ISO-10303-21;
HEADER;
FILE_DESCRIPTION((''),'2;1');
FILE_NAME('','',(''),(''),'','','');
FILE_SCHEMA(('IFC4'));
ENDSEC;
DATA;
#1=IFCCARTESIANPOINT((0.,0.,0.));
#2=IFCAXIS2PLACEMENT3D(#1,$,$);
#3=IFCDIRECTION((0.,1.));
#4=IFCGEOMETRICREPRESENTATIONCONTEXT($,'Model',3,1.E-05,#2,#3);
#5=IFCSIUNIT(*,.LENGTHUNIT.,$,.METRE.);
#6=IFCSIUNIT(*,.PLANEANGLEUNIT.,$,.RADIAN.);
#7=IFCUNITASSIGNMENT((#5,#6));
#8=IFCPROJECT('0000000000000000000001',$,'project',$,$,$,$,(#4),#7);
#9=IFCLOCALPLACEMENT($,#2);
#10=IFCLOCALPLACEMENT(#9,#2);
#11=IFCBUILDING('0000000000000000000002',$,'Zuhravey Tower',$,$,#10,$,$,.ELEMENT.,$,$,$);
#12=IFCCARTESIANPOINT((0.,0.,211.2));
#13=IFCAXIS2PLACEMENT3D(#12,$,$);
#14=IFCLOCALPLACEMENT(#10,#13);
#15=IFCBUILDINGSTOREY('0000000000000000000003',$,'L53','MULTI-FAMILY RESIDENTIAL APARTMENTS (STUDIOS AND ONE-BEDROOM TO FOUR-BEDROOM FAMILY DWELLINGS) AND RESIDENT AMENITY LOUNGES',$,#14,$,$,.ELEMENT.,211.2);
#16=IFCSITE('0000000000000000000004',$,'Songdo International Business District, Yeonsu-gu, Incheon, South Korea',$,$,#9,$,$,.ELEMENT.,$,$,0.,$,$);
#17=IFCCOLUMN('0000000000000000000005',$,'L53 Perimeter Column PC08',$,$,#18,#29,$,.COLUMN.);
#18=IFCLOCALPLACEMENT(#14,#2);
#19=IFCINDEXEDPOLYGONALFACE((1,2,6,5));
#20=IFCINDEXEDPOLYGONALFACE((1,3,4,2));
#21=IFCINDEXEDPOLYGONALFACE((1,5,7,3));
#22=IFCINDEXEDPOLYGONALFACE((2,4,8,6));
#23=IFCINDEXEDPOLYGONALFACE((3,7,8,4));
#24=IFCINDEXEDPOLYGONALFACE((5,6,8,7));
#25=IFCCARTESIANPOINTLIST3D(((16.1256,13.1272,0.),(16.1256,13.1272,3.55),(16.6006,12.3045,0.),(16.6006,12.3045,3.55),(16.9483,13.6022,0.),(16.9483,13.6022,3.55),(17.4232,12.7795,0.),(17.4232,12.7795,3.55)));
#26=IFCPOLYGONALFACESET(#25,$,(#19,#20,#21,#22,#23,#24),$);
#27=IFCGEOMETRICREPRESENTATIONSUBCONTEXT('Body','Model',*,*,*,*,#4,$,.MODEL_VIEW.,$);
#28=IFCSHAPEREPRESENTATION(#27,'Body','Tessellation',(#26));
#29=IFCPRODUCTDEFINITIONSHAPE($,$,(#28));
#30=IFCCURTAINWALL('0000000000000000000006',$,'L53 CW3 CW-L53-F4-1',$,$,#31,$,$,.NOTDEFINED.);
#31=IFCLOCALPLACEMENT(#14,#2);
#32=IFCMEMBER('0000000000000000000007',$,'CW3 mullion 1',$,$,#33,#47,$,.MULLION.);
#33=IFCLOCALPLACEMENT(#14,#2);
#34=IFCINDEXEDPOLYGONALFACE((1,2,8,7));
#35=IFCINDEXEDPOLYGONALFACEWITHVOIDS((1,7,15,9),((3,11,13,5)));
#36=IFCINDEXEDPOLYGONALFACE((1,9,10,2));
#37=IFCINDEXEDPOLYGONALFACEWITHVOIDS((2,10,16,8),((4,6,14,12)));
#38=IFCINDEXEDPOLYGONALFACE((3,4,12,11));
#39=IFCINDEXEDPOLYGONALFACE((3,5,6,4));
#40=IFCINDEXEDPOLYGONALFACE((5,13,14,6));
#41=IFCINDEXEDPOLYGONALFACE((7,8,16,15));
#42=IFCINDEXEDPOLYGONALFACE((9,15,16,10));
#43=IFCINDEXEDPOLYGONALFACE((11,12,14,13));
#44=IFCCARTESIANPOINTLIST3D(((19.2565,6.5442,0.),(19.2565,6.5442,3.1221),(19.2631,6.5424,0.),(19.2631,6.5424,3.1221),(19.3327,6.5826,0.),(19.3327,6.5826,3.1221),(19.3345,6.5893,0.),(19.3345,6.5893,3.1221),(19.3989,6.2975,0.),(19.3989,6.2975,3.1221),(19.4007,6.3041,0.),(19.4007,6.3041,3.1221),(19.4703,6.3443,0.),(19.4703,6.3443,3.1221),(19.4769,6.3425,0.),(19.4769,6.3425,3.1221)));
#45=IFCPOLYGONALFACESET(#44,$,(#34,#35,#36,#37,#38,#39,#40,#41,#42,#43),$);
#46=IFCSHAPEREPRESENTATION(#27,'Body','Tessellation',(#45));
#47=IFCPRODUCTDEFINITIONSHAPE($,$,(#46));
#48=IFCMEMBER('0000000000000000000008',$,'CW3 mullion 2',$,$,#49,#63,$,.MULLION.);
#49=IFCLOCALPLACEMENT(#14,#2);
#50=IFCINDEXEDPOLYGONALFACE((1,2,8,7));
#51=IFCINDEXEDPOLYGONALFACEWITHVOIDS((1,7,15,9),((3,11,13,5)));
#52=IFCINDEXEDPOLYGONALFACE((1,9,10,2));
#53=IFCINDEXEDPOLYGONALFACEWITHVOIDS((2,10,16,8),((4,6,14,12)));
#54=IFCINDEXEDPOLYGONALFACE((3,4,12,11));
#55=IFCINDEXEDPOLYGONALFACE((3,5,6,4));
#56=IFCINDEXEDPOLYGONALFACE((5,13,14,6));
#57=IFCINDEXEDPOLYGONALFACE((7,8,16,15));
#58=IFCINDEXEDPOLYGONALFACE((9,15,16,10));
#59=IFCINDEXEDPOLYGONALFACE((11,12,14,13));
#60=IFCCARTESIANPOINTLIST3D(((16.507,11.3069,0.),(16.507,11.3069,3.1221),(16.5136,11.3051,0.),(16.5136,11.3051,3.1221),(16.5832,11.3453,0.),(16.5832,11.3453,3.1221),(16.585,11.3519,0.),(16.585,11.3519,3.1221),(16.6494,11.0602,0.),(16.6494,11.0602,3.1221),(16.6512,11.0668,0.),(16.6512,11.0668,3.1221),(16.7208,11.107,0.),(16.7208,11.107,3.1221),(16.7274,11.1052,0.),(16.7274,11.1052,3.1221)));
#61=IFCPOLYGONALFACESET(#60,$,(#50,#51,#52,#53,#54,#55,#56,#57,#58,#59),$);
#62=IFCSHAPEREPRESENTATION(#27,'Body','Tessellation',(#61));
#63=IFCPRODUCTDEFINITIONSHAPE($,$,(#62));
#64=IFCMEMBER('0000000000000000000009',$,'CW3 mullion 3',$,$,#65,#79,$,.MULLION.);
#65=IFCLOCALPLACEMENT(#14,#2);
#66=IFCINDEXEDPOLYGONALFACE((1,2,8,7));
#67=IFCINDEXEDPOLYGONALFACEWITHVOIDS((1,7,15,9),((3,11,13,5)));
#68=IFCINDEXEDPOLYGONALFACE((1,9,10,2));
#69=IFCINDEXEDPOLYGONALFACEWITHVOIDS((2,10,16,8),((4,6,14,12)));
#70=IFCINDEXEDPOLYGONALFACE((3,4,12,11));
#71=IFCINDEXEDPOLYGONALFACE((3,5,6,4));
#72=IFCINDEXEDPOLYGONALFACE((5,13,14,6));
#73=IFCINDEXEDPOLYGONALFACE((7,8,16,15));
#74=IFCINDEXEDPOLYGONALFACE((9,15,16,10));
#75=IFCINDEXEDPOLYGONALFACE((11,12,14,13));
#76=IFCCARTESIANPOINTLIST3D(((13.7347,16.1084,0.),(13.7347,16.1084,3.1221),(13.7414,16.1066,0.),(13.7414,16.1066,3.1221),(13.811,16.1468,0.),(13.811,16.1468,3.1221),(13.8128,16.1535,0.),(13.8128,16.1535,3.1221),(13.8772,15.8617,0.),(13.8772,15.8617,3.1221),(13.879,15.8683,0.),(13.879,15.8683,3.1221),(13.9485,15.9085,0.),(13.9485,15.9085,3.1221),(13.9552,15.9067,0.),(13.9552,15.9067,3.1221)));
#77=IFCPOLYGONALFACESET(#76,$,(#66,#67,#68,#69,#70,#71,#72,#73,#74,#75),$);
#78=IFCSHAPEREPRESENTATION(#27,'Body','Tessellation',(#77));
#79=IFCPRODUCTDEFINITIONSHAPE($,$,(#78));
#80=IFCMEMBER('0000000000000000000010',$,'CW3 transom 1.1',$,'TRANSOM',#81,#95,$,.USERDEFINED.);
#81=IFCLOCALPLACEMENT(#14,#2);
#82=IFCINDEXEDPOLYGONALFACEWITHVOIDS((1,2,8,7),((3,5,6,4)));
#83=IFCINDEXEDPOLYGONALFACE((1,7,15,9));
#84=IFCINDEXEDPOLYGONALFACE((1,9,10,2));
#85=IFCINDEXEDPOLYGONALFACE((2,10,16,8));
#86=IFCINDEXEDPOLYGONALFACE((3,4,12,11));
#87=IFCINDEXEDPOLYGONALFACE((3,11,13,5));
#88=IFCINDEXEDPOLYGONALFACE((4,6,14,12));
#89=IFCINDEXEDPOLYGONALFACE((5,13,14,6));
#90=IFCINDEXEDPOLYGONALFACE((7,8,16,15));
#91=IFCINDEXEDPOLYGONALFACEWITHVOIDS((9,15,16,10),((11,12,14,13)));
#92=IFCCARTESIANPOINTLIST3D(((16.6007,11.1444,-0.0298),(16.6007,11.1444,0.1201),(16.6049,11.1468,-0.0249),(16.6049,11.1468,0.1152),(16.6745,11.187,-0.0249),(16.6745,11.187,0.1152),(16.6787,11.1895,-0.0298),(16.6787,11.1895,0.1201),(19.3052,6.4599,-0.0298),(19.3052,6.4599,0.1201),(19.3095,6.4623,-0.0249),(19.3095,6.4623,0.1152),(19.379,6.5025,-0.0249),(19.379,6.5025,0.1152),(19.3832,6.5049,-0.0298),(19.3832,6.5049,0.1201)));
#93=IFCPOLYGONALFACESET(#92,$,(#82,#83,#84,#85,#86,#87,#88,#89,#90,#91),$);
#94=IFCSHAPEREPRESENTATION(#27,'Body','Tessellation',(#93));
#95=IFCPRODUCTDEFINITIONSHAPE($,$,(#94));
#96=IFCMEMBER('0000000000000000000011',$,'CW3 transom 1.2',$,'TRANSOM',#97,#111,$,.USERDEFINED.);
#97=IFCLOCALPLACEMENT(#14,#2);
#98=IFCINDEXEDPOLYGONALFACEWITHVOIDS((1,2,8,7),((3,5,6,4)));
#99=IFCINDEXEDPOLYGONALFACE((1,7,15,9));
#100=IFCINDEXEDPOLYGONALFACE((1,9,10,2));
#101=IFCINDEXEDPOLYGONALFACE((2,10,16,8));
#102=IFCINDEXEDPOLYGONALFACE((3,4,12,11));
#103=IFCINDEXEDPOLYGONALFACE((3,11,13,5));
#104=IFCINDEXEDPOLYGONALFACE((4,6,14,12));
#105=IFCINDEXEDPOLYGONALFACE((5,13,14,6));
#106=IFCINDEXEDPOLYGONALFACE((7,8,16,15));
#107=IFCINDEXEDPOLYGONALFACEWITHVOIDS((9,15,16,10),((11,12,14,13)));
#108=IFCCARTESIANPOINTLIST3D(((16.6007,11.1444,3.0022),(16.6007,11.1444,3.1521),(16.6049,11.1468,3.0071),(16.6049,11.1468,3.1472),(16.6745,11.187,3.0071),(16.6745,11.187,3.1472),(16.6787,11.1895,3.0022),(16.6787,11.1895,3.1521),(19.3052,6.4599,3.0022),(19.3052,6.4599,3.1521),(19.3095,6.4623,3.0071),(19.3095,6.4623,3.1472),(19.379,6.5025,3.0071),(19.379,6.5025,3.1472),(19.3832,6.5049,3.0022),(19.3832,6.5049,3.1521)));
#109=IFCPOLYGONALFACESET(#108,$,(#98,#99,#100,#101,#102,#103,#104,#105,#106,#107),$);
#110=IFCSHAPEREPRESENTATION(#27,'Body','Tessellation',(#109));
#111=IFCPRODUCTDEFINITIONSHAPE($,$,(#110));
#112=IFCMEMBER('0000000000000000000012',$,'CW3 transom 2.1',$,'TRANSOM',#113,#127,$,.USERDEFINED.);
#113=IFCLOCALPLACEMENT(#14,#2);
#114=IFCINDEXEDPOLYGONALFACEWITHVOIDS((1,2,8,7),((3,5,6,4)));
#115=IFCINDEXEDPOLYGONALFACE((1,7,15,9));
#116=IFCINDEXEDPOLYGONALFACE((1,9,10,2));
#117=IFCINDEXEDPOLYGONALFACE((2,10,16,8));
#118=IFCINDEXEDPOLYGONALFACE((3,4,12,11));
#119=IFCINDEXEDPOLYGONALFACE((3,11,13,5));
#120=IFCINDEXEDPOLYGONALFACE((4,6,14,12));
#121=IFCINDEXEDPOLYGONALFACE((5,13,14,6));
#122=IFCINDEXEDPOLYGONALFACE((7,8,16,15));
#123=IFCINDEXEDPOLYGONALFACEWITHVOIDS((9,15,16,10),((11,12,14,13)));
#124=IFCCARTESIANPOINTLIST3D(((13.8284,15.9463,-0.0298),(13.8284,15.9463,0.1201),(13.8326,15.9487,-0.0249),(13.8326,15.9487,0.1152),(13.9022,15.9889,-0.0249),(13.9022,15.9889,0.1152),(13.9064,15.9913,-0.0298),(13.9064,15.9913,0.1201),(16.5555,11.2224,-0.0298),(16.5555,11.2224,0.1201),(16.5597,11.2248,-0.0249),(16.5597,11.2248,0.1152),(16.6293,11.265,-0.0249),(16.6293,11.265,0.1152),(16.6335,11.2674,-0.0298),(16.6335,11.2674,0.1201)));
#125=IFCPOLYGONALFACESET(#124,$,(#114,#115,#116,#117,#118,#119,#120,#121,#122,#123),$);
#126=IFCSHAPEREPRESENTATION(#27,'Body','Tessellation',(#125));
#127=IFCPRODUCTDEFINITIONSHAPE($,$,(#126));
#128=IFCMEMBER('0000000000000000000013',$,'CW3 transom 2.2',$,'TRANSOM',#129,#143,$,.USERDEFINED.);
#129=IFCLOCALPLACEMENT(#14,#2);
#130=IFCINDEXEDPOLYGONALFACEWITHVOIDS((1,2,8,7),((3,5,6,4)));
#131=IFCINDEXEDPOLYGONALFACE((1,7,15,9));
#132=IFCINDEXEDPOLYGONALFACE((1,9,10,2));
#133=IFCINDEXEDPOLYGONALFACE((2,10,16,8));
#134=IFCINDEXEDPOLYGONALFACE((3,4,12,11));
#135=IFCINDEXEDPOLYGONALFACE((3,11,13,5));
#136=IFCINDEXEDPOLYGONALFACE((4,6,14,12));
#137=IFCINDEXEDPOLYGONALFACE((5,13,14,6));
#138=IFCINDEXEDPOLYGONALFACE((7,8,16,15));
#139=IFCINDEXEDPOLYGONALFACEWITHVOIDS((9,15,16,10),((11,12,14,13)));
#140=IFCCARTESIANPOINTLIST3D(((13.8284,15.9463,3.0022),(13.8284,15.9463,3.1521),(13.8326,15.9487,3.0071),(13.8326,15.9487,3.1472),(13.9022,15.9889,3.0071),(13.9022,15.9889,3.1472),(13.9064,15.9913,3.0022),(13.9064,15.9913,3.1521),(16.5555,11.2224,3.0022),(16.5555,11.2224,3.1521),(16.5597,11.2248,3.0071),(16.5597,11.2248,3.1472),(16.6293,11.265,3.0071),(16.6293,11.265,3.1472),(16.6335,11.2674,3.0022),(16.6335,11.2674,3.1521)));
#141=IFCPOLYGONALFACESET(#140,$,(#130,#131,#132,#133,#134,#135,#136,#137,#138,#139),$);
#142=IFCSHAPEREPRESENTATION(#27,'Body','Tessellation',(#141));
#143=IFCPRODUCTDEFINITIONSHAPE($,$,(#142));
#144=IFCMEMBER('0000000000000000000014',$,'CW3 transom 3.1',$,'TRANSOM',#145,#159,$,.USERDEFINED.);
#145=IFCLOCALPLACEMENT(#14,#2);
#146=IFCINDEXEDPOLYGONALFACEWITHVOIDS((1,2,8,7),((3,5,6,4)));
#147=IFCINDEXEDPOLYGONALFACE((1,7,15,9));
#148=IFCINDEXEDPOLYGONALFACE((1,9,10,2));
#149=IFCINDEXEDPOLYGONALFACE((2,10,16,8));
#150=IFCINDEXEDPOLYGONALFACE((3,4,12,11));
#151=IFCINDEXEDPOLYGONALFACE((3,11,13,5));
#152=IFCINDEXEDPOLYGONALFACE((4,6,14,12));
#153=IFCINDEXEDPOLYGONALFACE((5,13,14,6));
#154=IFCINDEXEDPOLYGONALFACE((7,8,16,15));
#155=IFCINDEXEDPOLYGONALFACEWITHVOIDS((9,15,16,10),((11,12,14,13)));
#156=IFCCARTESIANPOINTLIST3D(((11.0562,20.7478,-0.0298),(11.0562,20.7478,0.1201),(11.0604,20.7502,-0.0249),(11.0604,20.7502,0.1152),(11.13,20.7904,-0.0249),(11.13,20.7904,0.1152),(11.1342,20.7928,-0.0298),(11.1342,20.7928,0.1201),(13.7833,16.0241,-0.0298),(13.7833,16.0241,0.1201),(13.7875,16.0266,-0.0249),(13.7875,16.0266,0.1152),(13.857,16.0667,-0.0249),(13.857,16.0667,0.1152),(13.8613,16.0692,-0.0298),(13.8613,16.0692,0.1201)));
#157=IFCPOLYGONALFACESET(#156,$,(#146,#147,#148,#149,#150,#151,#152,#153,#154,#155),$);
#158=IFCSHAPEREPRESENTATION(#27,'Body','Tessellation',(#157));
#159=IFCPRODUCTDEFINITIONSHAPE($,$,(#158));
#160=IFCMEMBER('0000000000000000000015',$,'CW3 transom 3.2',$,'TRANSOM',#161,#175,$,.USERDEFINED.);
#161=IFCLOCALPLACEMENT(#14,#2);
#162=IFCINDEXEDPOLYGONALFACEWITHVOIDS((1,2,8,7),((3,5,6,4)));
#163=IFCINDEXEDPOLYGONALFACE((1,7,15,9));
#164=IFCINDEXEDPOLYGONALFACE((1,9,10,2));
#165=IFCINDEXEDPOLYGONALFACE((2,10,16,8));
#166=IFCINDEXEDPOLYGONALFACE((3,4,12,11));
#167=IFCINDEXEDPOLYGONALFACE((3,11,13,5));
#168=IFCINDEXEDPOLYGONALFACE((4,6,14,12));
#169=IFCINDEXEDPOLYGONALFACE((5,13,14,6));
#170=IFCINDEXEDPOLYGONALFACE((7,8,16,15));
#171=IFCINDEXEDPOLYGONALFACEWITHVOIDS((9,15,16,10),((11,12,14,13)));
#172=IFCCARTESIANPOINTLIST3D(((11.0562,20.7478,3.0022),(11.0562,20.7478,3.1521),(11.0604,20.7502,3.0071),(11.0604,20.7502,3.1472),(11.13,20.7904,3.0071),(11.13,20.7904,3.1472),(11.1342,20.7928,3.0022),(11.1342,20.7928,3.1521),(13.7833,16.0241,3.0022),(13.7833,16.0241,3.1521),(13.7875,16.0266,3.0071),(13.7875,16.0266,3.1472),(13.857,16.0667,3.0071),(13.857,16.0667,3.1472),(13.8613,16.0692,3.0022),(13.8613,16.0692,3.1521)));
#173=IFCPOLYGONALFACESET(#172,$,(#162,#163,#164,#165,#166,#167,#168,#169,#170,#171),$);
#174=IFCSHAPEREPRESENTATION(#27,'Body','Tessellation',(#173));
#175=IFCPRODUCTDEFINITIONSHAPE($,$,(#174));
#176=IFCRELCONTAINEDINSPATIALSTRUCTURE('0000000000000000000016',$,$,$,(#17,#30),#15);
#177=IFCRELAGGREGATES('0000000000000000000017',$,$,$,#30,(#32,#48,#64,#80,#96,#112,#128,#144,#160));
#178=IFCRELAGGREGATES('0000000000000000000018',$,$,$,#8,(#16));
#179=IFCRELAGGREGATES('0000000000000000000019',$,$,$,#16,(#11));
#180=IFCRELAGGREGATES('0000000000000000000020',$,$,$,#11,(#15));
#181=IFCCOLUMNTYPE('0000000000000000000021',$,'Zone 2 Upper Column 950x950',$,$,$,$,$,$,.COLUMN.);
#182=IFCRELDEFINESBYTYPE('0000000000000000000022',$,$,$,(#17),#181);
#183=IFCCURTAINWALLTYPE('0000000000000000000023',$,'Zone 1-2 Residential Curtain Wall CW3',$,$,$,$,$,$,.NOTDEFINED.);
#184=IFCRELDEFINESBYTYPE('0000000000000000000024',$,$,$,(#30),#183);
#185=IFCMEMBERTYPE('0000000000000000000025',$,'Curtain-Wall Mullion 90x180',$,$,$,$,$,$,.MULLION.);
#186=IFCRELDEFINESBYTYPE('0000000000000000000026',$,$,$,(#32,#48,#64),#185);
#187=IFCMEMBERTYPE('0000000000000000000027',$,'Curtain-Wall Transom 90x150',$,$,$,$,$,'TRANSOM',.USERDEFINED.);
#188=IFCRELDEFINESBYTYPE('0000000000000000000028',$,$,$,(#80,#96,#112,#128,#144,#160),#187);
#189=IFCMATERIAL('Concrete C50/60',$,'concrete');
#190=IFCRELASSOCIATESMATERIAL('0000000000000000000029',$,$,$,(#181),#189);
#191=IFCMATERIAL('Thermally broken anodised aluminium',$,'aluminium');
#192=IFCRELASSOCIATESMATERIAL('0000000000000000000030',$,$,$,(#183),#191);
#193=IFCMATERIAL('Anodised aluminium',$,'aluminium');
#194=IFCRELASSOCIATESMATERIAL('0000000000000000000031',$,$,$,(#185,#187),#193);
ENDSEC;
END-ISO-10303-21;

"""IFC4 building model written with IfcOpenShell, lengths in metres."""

from ifc_helpers import new_model, si_unit, direction, frame, origin, origin_2d, place, context, subcontext, project, spatial, rectangle, hollow_rectangle, extrude, material, material_profile, profile_set, type_object, element, aggregate, save


model = new_model("IFC4")

# Units and contexts
model_context = context("Model", 3, precision=1e-05, world=origin(), true_north=direction((0.0, 1.0)))
body_context = subcontext(model_context, "Body", "Model", "MODEL_VIEW")
ifc_project = project(units=[si_unit("LENGTHUNIT", "METRE"), si_unit("PLANEANGLEUNIT", "RADIAN")], contexts=[model_context])

# Site, building, storey
site_placement = place(None, origin())
site = spatial("IfcSite", under=ifc_project, at=site_placement, Name="Songdo International Business District, Yeonsu-gu, Incheon, South Korea", CompositionType="ELEMENT", RefElevation=0.0)
building_placement = place(site_placement, origin())
building = spatial("IfcBuilding", under=site, at=building_placement, Name="Zuhravey Tower", CompositionType="ELEMENT")
storey_placement = place(building_placement, frame((0.0, 0.0, 211.2)))
storey = spatial("IfcBuildingStorey", under=building, at=storey_placement, Name="L53", Description="MULTI-FAMILY RESIDENTIAL APARTMENTS (STUDIOS AND ONE-BEDROOM TO FOUR-BEDROOM FAMILY DWELLINGS) AND RESIDENT AMENITY LOUNGES", CompositionType="ELEMENT", Elevation=211.2)

# Column
ifc_material_1 = material(Name="Concrete C50/60", Category="concrete")
ifc_material_profile_1 = material_profile(ifc_material_1, rectangle(XDim=0.95, YDim=0.95, at=origin_2d()), Name="RC-950x950")
ifc_profile_set_1 = profile_set([ifc_material_profile_1], Name="Concrete C50/60")
column_type = type_object("IfcColumnType", Name="Zone 2 Upper Column 950x950", PredefinedType="COLUMN", material=ifc_profile_set_1)
column_placement = place(storey_placement, frame((16.7744, 12.9534, 0.0), z_axis=(0.0, 0.0, 1.0), x_axis=(0.5, -0.866025, 0.0)))
element("IfcColumn", 1, at=column_placement, inside=storey, type_object=column_type, Name="L53 Perimeter Column PC08", PredefinedType="COLUMN", context=body_context, shape_type="SweptSolid", body=[
    extrude(rectangle(XDim=0.95, YDim=0.95, at=origin_2d()), origin(), (0.0, 0.0, 1.0), 3.55),
])

# Curtain wall, members
ifc_material_2 = material(Name="Thermally broken anodised aluminium", Category="aluminium")
curtain_wall_type = type_object("IfcCurtainWallType", Name="Zone 1-2 Residential Curtain Wall CW3", PredefinedType="NOTDEFINED", material=ifc_material_2)
curtain_wall_placement = place(storey_placement, origin())
curtain_wall = element("IfcCurtainWall", 2, at=curtain_wall_placement, inside=storey, type_object=curtain_wall_type, Name="L53 CW3 CW-L53-F4-1", PredefinedType="NOTDEFINED")
ifc_material_3 = material(Name="Anodised aluminium", Category="aluminium")
ifc_material_profile_2 = material_profile(ifc_material_3, hollow_rectangle(XDim=0.0901, YDim=0.2849, WallThickness=0.0049, at=origin_2d()), Name="ALU-RHS-90x285x5")
ifc_profile_set_2 = profile_set([ifc_material_profile_2], Name="Anodised aluminium")
member_type_1 = type_object("IfcMemberType", Name="Curtain-Wall Mullion 90x180", PredefinedType="MULLION", material=ifc_profile_set_2)
member_1_placement = place(storey_placement, frame((19.3667, 6.4434, 0.0), z_axis=(0.0, 0.0, 1.0), x_axis=(-0.866025, -0.5, 0.0)))
member_1 = element("IfcMember", 3, at=member_1_placement, type_object=member_type_1, Name="CW3 mullion 1", PredefinedType="MULLION", context=body_context, shape_type="SweptSolid", body=[
    extrude(hollow_rectangle(XDim=0.0901, YDim=0.2849, WallThickness=0.0049, at=origin_2d()), origin(), (0.0, 0.0, 1.0), 3.1221),
])
member_2_placement = place(storey_placement, frame((16.6172, 11.2061, 0.0), z_axis=(0.0, 0.0, 1.0), x_axis=(-0.866025, -0.5, 0.0)))
member_2 = element("IfcMember", 4, at=member_2_placement, type_object=member_type_1, Name="CW3 mullion 2", PredefinedType="MULLION", context=body_context, shape_type="SweptSolid", body=[
    extrude(hollow_rectangle(XDim=0.0901, YDim=0.2849, WallThickness=0.0049, at=origin_2d()), origin(), (0.0, 0.0, 1.0), 3.1221),
])
member_3_placement = place(storey_placement, frame((13.845, 16.0076, 0.0), z_axis=(0.0, 0.0, 1.0), x_axis=(-0.866025, -0.5, 0.0)))
member_3 = element("IfcMember", 5, at=member_3_placement, type_object=member_type_1, Name="CW3 mullion 3", PredefinedType="MULLION", context=body_context, shape_type="SweptSolid", body=[
    extrude(hollow_rectangle(XDim=0.0901, YDim=0.2849, WallThickness=0.0049, at=origin_2d()), origin(), (0.0, 0.0, 1.0), 3.1221),
])
ifc_material_profile_3 = material_profile(ifc_material_3, hollow_rectangle(XDim=0.0901, YDim=0.1499, WallThickness=0.0049, at=origin_2d()), Name="ALU-RHS-90x150x5")
ifc_profile_set_3 = profile_set([ifc_material_profile_3], Name="Anodised aluminium")
member_type_2 = type_object("IfcMemberType", Name="Curtain-Wall Transom 90x150", ElementType="TRANSOM", PredefinedType="USERDEFINED", material=ifc_profile_set_3)
member_4_placement = place(storey_placement, frame((19.3442, 6.4824, 0.0452), z_axis=(-0.499993, 0.866029, 0.0), x_axis=(-0.866029, -0.499993, 0.0)))
member_4 = element("IfcMember", 6, at=member_4_placement, type_object=member_type_2, Name="CW3 transom 1.1", ObjectType="TRANSOM", PredefinedType="USERDEFINED", context=body_context, shape_type="SweptSolid", body=[
    extrude(hollow_rectangle(XDim=0.0901, YDim=0.1499, WallThickness=0.0049, at=origin_2d()), origin(), (0.0, 0.0, 1.0), 5.4092),
])
member_5_placement = place(storey_placement, frame((19.3442, 6.4824, 3.0771), z_axis=(-0.499993, 0.866029, 0.0), x_axis=(-0.866029, -0.499993, 0.0)))
member_5 = element("IfcMember", 7, at=member_5_placement, type_object=member_type_2, Name="CW3 transom 1.2", ObjectType="TRANSOM", PredefinedType="USERDEFINED", context=body_context, shape_type="SweptSolid", body=[
    extrude(hollow_rectangle(XDim=0.0901, YDim=0.1499, WallThickness=0.0049, at=origin_2d()), origin(), (0.0, 0.0, 1.0), 5.4092),
])
member_6_placement = place(storey_placement, frame((16.5945, 11.2449, 0.0452), z_axis=(-0.499961, 0.866048, 0.0), x_axis=(-0.866048, -0.499961, 0.0)))
member_6 = element("IfcMember", 8, at=member_6_placement, type_object=member_type_2, Name="CW3 transom 2.1", ObjectType="TRANSOM", PredefinedType="USERDEFINED", context=body_context, shape_type="SweptSolid", body=[
    extrude(hollow_rectangle(XDim=0.0901, YDim=0.1499, WallThickness=0.0049, at=origin_2d()), origin(), (0.0, 0.0, 1.0), 5.4546),
])
member_7_placement = place(storey_placement, frame((16.5945, 11.2449, 3.0771), z_axis=(-0.499961, 0.866048, 0.0), x_axis=(-0.866048, -0.499961, 0.0)))
member_7 = element("IfcMember", 9, at=member_7_placement, type_object=member_type_2, Name="CW3 transom 2.2", ObjectType="TRANSOM", PredefinedType="USERDEFINED", context=body_context, shape_type="SweptSolid", body=[
    extrude(hollow_rectangle(XDim=0.0901, YDim=0.1499, WallThickness=0.0049, at=origin_2d()), origin(), (0.0, 0.0, 1.0), 5.4546),
])
member_8_placement = place(storey_placement, frame((13.8223, 16.0466, 0.0452), z_axis=(-0.499981, 0.866037, 0.0), x_axis=(-0.866037, -0.499981, 0.0)))
member_8 = element("IfcMember", 10, at=member_8_placement, type_object=member_type_2, Name="CW3 transom 3.1", ObjectType="TRANSOM", PredefinedType="USERDEFINED", context=body_context, shape_type="SweptSolid", body=[
    extrude(hollow_rectangle(XDim=0.0901, YDim=0.1499, WallThickness=0.0049, at=origin_2d()), origin(), (0.0, 0.0, 1.0), 5.4543),
])
member_9_placement = place(storey_placement, frame((13.8223, 16.0466, 3.0771), z_axis=(-0.499981, 0.866037, 0.0), x_axis=(-0.866037, -0.499981, 0.0)))
member_9 = element("IfcMember", 11, at=member_9_placement, type_object=member_type_2, Name="CW3 transom 3.2", ObjectType="TRANSOM", PredefinedType="USERDEFINED", context=body_context, shape_type="SweptSolid", body=[
    extrude(hollow_rectangle(XDim=0.0901, YDim=0.1499, WallThickness=0.0049, at=origin_2d()), origin(), (0.0, 0.0, 1.0), 5.4543),
])

aggregate(curtain_wall, [member_1, member_2, member_3, member_4, member_5, member_6, member_7, member_8, member_9])

save(model, "model.ifc")
